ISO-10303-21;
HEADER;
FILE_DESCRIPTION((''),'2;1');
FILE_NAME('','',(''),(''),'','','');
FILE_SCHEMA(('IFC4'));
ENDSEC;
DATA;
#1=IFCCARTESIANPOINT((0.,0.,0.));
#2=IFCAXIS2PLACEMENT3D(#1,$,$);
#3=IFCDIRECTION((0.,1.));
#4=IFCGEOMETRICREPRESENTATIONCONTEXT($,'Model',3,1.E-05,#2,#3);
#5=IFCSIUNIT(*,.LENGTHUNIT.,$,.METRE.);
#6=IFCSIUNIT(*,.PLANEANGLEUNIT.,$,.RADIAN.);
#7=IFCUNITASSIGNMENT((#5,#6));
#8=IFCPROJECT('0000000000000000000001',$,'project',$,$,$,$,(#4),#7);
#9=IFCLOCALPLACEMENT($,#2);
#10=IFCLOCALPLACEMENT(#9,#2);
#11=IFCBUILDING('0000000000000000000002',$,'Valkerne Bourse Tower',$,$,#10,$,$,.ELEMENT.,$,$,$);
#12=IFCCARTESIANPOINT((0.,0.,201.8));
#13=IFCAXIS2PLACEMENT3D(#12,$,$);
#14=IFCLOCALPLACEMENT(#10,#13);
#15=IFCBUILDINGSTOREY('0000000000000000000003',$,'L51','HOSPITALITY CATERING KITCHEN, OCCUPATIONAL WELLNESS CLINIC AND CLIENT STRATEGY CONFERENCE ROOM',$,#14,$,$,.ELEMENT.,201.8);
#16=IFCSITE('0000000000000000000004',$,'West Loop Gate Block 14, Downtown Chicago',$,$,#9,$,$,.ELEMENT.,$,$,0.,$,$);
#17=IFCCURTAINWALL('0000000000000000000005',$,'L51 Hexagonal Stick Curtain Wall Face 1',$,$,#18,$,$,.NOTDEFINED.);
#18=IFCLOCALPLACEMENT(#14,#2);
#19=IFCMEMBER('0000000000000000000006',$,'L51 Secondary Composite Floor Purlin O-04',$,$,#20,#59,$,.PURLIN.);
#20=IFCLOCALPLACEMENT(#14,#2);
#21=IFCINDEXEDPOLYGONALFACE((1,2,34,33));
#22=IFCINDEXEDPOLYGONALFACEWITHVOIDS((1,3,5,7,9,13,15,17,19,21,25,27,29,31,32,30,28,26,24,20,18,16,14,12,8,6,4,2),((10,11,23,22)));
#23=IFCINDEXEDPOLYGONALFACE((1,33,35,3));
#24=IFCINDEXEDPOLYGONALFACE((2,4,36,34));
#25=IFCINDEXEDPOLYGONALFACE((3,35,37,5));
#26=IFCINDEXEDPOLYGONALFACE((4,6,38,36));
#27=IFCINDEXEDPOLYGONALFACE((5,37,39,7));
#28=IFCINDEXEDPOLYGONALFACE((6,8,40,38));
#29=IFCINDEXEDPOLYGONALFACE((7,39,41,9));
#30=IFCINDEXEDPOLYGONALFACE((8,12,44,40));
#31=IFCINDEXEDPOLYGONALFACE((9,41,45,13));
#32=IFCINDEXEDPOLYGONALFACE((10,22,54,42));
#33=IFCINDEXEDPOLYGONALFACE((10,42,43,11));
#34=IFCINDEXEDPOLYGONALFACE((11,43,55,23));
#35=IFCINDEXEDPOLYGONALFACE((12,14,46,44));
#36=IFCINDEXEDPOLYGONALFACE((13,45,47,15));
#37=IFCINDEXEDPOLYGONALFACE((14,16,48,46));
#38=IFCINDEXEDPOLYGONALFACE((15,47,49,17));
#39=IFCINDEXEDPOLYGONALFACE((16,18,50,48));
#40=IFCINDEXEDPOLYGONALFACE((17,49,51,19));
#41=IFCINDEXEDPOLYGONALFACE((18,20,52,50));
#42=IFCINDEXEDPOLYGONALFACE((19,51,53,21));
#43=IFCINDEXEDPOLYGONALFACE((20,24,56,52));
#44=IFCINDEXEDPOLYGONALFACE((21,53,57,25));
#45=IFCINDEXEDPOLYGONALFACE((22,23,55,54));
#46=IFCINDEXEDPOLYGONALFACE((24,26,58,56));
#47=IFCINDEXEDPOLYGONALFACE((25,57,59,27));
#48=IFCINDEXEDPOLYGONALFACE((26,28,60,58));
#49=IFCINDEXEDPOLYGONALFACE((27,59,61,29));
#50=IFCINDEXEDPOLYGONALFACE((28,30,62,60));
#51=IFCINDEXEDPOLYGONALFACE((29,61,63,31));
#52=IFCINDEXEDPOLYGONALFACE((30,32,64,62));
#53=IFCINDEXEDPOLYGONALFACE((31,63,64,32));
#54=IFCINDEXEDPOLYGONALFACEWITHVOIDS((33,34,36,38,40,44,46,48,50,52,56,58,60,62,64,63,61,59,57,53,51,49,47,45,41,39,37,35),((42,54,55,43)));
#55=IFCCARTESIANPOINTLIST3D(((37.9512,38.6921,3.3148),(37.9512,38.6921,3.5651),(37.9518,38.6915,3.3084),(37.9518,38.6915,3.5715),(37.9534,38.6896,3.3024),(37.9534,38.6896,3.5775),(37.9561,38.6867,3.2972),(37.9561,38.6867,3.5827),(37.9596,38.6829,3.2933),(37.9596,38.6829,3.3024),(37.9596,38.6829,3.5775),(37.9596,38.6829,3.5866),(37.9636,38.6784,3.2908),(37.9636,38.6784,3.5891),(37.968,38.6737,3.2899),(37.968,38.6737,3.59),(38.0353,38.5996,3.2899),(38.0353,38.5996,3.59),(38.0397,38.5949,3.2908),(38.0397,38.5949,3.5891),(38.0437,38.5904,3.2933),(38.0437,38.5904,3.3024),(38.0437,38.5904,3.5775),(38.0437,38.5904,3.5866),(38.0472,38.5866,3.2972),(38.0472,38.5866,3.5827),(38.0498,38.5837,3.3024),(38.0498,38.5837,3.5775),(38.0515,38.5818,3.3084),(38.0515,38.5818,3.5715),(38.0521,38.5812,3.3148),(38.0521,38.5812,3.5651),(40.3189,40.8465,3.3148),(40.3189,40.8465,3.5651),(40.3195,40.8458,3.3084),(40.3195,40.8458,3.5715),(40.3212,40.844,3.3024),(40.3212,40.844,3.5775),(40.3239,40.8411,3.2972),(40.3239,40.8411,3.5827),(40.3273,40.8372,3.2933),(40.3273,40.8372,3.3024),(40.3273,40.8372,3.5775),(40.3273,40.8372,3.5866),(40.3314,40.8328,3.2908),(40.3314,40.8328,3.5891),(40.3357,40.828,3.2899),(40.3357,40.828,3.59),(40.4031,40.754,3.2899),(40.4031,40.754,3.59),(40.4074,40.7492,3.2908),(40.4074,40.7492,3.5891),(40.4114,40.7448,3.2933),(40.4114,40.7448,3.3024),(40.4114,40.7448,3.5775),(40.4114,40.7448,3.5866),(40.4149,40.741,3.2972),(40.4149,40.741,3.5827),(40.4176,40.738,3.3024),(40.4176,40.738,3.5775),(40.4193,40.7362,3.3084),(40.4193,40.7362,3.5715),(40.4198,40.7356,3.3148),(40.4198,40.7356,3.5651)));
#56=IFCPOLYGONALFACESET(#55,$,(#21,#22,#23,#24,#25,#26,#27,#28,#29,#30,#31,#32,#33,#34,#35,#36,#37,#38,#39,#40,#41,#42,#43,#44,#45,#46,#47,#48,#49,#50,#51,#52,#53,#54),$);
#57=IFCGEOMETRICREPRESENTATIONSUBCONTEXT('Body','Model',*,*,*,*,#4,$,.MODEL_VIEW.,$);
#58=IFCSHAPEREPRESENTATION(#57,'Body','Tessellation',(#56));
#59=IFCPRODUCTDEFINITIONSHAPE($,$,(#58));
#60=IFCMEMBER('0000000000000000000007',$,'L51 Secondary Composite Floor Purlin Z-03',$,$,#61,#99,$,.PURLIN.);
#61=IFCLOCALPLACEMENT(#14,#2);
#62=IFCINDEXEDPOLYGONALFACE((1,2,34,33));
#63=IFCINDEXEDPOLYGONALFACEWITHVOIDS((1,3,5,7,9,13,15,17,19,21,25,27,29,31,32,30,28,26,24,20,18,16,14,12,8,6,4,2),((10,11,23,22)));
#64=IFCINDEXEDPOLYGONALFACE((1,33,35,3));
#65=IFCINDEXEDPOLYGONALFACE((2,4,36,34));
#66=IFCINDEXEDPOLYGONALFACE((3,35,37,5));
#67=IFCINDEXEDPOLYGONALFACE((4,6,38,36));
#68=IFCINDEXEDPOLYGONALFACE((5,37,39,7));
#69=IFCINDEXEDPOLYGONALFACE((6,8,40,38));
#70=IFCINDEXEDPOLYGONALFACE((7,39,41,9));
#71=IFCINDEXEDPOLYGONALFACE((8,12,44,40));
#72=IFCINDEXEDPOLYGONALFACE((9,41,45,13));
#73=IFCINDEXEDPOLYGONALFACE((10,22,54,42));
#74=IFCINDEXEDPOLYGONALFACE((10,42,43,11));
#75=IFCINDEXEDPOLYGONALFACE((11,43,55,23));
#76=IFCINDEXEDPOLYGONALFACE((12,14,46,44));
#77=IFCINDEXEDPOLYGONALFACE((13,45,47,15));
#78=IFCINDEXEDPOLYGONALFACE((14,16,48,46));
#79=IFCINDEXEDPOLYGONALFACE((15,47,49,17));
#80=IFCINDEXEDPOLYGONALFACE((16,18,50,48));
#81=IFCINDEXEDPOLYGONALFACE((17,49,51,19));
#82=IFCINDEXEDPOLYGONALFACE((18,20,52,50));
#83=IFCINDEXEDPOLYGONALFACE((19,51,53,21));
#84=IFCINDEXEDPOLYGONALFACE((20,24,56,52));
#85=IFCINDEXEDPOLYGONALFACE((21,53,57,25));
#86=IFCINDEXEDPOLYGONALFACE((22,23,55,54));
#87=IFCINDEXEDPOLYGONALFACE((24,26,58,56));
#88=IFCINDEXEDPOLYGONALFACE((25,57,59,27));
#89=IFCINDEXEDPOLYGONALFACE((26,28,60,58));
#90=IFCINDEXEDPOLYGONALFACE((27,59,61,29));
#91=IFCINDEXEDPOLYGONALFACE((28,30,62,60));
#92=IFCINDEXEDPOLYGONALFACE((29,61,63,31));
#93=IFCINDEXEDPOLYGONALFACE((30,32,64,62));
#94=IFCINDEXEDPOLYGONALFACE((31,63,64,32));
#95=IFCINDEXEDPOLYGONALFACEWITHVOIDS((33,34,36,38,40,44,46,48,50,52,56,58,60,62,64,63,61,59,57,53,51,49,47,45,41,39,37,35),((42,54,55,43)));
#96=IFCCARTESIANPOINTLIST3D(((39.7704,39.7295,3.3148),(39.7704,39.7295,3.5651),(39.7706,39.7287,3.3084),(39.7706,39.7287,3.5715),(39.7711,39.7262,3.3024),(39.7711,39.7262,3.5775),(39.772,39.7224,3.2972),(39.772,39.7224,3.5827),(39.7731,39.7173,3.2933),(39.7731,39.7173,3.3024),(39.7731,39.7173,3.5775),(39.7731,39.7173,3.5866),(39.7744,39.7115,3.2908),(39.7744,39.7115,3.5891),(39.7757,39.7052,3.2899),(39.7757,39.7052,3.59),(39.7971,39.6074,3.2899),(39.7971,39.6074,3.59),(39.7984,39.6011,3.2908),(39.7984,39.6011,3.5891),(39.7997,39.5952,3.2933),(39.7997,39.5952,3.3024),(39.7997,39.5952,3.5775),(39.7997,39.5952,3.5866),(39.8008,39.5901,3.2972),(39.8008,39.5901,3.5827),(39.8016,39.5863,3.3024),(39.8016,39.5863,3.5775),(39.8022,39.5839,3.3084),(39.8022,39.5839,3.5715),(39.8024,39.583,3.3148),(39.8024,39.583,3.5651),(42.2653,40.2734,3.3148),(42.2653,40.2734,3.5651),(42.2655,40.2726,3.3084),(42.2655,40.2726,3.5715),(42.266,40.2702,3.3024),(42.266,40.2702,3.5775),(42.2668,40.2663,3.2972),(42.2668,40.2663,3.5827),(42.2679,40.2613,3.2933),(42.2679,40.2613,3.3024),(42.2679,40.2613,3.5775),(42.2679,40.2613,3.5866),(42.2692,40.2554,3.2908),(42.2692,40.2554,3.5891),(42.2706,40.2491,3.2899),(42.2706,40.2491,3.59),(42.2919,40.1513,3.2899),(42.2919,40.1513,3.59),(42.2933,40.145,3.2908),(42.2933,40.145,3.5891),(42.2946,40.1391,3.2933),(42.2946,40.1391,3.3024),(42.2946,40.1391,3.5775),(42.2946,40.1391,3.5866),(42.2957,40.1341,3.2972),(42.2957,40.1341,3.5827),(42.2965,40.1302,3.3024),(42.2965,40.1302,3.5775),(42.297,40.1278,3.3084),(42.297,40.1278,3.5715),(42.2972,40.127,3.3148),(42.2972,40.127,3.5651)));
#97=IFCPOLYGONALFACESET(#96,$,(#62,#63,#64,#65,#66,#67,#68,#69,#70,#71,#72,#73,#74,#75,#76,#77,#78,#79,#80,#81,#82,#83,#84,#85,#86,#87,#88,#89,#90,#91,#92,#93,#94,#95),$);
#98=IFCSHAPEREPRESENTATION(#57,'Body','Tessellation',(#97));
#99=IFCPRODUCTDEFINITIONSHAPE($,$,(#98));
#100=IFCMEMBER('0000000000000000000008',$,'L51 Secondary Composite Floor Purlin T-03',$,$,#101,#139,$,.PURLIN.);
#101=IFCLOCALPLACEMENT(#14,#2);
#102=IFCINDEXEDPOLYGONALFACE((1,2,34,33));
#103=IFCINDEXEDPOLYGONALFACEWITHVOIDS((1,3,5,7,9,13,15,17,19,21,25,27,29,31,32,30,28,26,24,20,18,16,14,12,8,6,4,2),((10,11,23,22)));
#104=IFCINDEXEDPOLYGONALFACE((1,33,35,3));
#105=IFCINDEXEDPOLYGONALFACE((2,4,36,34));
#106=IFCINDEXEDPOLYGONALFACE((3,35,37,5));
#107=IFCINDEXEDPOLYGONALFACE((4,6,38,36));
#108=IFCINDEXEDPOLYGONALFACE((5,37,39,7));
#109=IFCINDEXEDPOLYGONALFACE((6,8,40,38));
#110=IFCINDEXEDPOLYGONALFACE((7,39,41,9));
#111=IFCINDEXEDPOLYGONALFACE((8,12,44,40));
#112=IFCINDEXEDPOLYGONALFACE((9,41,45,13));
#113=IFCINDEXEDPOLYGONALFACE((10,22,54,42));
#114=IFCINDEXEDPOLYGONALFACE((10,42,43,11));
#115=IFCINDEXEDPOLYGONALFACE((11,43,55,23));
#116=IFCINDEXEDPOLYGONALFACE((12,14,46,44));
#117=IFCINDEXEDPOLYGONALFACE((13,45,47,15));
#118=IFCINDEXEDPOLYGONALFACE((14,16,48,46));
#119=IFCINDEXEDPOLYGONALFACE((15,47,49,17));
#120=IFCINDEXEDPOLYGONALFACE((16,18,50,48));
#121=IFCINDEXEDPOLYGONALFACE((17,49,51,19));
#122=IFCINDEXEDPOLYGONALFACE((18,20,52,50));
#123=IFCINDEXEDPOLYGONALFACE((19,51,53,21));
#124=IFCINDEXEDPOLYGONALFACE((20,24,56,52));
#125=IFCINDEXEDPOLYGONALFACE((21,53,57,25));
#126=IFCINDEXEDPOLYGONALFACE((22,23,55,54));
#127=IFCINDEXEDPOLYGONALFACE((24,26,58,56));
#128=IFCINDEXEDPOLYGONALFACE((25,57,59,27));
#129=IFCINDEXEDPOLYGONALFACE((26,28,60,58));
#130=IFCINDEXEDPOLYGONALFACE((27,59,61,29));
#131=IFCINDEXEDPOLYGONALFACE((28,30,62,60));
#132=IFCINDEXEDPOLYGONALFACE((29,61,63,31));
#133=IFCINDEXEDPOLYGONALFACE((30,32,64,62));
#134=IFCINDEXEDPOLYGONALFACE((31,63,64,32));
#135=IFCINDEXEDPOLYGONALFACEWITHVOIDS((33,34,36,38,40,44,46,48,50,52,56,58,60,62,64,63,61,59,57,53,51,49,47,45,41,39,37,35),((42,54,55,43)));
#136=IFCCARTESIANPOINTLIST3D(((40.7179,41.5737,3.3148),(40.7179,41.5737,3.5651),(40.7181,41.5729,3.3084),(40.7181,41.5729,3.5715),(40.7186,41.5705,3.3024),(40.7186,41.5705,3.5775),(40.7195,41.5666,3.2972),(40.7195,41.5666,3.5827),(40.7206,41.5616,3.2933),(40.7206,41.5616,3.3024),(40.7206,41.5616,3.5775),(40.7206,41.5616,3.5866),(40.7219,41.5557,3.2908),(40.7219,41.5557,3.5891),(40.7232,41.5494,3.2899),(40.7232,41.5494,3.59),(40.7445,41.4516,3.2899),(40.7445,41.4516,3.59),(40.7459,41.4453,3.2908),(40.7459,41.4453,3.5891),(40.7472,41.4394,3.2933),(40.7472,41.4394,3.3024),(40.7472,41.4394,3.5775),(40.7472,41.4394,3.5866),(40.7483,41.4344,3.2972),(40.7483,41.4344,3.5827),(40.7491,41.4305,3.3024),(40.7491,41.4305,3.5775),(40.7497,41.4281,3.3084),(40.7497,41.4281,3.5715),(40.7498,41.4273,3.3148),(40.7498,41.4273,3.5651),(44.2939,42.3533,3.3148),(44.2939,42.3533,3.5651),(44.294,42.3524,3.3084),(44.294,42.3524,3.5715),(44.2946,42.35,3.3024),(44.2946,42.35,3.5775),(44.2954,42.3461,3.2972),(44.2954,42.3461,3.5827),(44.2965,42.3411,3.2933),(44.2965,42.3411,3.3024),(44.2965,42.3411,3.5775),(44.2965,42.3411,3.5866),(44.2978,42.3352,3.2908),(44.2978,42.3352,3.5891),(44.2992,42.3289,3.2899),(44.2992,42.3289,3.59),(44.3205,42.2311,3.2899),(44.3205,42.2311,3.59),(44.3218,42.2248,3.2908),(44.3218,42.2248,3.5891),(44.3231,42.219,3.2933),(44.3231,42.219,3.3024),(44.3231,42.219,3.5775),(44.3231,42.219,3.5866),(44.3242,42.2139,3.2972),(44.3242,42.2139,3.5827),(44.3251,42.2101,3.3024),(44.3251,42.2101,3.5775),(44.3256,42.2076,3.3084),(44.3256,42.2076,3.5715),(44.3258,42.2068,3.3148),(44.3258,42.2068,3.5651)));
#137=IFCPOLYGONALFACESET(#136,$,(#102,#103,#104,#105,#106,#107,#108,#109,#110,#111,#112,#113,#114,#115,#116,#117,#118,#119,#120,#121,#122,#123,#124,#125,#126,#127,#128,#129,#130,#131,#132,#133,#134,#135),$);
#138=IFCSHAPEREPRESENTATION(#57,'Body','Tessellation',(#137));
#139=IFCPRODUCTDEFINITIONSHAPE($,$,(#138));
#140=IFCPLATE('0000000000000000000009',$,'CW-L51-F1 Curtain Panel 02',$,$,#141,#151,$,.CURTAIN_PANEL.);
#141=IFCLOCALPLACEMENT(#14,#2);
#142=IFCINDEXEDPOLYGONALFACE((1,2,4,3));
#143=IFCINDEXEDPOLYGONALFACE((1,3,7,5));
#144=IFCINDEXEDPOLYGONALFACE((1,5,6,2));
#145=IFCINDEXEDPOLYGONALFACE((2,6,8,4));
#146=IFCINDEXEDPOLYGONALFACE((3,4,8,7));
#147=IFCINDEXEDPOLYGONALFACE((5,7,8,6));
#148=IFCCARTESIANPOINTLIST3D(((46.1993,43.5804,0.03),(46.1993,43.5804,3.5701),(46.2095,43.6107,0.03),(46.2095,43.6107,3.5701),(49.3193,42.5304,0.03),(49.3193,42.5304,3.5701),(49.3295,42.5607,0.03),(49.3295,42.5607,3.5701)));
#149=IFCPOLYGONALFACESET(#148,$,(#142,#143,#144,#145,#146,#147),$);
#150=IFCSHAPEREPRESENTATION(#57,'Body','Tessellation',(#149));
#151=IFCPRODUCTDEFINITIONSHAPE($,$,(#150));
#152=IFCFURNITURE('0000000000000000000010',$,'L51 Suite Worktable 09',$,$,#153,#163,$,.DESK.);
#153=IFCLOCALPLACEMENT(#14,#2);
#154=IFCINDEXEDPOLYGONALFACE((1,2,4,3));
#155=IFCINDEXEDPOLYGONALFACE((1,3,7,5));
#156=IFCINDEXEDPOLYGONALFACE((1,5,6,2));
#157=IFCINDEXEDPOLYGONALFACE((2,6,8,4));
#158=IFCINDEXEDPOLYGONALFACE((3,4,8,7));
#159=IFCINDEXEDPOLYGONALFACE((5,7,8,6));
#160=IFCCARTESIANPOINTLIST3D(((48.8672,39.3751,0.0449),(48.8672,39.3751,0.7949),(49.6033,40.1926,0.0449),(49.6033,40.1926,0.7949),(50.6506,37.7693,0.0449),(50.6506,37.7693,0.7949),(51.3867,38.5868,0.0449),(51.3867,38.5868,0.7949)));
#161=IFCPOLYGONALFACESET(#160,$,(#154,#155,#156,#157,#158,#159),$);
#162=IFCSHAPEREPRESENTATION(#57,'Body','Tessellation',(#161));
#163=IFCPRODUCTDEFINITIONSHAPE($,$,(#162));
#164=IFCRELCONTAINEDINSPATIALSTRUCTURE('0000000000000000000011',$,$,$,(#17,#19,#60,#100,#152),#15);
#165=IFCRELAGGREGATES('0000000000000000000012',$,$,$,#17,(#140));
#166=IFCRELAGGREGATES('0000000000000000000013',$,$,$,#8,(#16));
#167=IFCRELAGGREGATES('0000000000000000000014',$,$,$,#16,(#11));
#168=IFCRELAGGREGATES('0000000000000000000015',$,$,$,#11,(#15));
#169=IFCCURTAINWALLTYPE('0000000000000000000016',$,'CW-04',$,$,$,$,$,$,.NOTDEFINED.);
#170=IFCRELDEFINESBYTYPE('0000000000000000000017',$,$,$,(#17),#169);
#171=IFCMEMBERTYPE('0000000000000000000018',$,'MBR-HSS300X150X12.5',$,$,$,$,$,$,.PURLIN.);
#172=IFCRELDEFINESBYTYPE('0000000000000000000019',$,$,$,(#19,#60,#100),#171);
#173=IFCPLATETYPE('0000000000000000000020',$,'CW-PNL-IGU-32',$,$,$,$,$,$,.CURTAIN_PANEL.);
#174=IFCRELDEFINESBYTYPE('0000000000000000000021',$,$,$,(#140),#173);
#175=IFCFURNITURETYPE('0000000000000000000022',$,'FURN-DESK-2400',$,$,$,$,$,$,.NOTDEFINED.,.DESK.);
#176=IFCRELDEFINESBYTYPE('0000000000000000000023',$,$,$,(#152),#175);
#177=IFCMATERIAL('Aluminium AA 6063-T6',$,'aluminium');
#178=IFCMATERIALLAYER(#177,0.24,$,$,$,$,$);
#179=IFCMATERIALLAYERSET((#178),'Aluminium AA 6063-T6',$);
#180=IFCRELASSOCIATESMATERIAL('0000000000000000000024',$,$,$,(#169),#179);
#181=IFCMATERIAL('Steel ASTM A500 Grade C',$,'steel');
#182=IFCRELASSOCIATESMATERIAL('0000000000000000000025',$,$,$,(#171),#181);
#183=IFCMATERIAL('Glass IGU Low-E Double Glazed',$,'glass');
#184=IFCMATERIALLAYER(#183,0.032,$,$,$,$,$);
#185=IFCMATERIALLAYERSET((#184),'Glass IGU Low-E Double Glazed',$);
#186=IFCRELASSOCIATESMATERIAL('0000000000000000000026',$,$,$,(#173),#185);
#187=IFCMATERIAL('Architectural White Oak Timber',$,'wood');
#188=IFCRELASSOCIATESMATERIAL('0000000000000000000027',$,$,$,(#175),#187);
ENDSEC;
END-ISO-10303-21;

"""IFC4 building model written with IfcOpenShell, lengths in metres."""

from ifc_helpers import new_model, si_unit, direction, frame, origin, origin_2d, place, context, subcontext, project, spatial, rectangle, hollow_rectangle, extrude, material, layer, layer_set, material_profile, profile_set, type_object, element, aggregate, save


model = new_model("IFC4")

# Units and contexts
model_context = context("Model", 3, precision=1e-05, world=origin(), true_north=direction((0.0, 1.0)))
body_context = subcontext(model_context, "Body", "Model", "MODEL_VIEW")
ifc_project = project(units=[si_unit("LENGTHUNIT", "METRE"), si_unit("PLANEANGLEUNIT", "RADIAN")], contexts=[model_context])

# Site, building, storey
site_placement = place(None, origin())
site = spatial("IfcSite", under=ifc_project, at=site_placement, Name="West Loop Gate Block 14, Downtown Chicago", CompositionType="ELEMENT", RefElevation=0.0)
building_placement = place(site_placement, origin())
building = spatial("IfcBuilding", under=site, at=building_placement, Name="Valkerne Bourse Tower", CompositionType="ELEMENT")
storey_placement = place(building_placement, frame((0.0, 0.0, 201.8)))
storey = spatial("IfcBuildingStorey", under=building, at=storey_placement, Name="L51", Description="HOSPITALITY CATERING KITCHEN, OCCUPATIONAL WELLNESS CLINIC AND CLIENT STRATEGY CONFERENCE ROOM", CompositionType="ELEMENT", Elevation=201.8)

# Curtain wall
ifc_material_1 = material(Name="Aluminium AA 6063-T6", Category="aluminium")
ifc_layer_1 = layer(ifc_material_1, 0.24)
ifc_layer_set_1 = layer_set([ifc_layer_1], Name="Aluminium AA 6063-T6")
curtain_wall_type = type_object("IfcCurtainWallType", Name="CW-04", PredefinedType="NOTDEFINED", material=ifc_layer_set_1)
curtain_wall_1_placement = place(storey_placement, origin())
curtain_wall_1 = element("IfcCurtainWall", 1, at=curtain_wall_1_placement, inside=storey, type_object=curtain_wall_type, Name="L51 Hexagonal Stick Curtain Wall Face 1", PredefinedType="NOTDEFINED")

# Members
ifc_material_2 = material(Name="Steel ASTM A500 Grade C", Category="steel")
ifc_material_profile_1 = material_profile(ifc_material_2, hollow_rectangle(XDim=0.1499, YDim=0.3, WallThickness=0.0125, OuterFilletRadius=0.0249, at=origin_2d()), Name="HSS300X150X12.5")
ifc_profile_set_1 = profile_set([ifc_material_profile_1], Name="Steel ASTM A500 Grade C")
member_type_1 = type_object("IfcMemberType", Name="MBR-HSS300X150X12.5", PredefinedType="PURLIN", material=ifc_profile_set_1)
member_1_placement = place(storey_placement, frame((40.3694, 40.791, 3.4399), z_axis=(-0.73965, -0.672992, 0.0), x_axis=(0.672992, -0.73965, 0.0)))
element("IfcMember", 2, at=member_1_placement, inside=storey, type_object=member_type_1, Name="L51 Secondary Composite Floor Purlin O-04", PredefinedType="PURLIN", context=body_context, shape_type="SweptSolid", body=[
    extrude(hollow_rectangle(XDim=0.1499, YDim=0.3, WallThickness=0.0125, OuterFilletRadius=0.0249, at=origin_2d()), origin(), (0.0, 0.0, 1.0), 3.2012),
])
member_2_placement = place(storey_placement, frame((42.2812, 40.2002, 3.4399), z_axis=(-0.977048, -0.213021, 0.0), x_axis=(0.213021, -0.977048, 0.0)))
element("IfcMember", 3, at=member_2_placement, inside=storey, type_object=member_type_1, Name="L51 Secondary Composite Floor Purlin Z-03", PredefinedType="PURLIN", context=body_context, shape_type="SweptSolid", body=[
    extrude(hollow_rectangle(XDim=0.1499, YDim=0.3, WallThickness=0.0125, OuterFilletRadius=0.0249, at=origin_2d()), origin(), (0.0, 0.0, 1.0), 2.5535),
])
member_3_placement = place(storey_placement, frame((44.3098, 42.28, 3.4399), z_axis=(-0.977053, -0.212995, 0.0), x_axis=(0.212995, -0.977053, 0.0)))
element("IfcMember", 4, at=member_3_placement, inside=storey, type_object=member_type_1, Name="L51 Secondary Composite Floor Purlin T-03", PredefinedType="PURLIN", context=body_context, shape_type="SweptSolid", body=[
    extrude(hollow_rectangle(XDim=0.1499, YDim=0.3, WallThickness=0.0125, OuterFilletRadius=0.0249, at=origin_2d()), origin(), (0.0, 0.0, 1.0), 3.6599),
])

# Plate
ifc_material_3 = material(Name="Glass IGU Low-E Double Glazed", Category="glass")
ifc_layer_2 = layer(ifc_material_3, 0.032)
ifc_layer_set_2 = layer_set([ifc_layer_2], Name="Glass IGU Low-E Double Glazed")
plate_type = type_object("IfcPlateType", Name="CW-PNL-IGU-32", PredefinedType="CURTAIN_PANEL", material=ifc_layer_set_2)
plate_placement = place(storey_placement, frame((47.7644, 43.0706, 0.03), z_axis=(0.0, 0.0, 1.0), x_axis=(-0.947765, 0.318969, 0.0)))
plate = element("IfcPlate", 5, at=plate_placement, type_object=plate_type, Name="CW-L51-F1 Curtain Panel 02", PredefinedType="CURTAIN_PANEL", context=body_context, shape_type="SweptSolid", body=[
    extrude(rectangle(XDim=3.292, YDim=0.032, at=origin_2d()), origin(), (0.0, 0.0, 1.0), 3.54),
])
aggregate(curtain_wall_1, [plate])

# Furniture
ifc_material_4 = material(Name="Architectural White Oak Timber", Category="wood")
furniture_type = type_object("IfcFurnitureType", Name="FURN-DESK-2400", AssemblyPlace="NOTDEFINED", PredefinedType="DESK", material=ifc_material_4)
furniture_placement = place(storey_placement, frame((50.127, 38.981, 0.0449), z_axis=(0.0, 0.0, 1.0), x_axis=(-0.743145, 0.669131, 0.0)))
element("IfcFurniture", 6, at=furniture_placement, inside=storey, type_object=furniture_type, Name="L51 Suite Worktable 09", PredefinedType="DESK", context=body_context, shape_type="SweptSolid", body=[
    extrude(rectangle(XDim=2.3999, YDim=1.1001, at=origin_2d()), origin(), (0.0, 0.0, 1.0), 0.75),
])

save(model, "model.ifc")
